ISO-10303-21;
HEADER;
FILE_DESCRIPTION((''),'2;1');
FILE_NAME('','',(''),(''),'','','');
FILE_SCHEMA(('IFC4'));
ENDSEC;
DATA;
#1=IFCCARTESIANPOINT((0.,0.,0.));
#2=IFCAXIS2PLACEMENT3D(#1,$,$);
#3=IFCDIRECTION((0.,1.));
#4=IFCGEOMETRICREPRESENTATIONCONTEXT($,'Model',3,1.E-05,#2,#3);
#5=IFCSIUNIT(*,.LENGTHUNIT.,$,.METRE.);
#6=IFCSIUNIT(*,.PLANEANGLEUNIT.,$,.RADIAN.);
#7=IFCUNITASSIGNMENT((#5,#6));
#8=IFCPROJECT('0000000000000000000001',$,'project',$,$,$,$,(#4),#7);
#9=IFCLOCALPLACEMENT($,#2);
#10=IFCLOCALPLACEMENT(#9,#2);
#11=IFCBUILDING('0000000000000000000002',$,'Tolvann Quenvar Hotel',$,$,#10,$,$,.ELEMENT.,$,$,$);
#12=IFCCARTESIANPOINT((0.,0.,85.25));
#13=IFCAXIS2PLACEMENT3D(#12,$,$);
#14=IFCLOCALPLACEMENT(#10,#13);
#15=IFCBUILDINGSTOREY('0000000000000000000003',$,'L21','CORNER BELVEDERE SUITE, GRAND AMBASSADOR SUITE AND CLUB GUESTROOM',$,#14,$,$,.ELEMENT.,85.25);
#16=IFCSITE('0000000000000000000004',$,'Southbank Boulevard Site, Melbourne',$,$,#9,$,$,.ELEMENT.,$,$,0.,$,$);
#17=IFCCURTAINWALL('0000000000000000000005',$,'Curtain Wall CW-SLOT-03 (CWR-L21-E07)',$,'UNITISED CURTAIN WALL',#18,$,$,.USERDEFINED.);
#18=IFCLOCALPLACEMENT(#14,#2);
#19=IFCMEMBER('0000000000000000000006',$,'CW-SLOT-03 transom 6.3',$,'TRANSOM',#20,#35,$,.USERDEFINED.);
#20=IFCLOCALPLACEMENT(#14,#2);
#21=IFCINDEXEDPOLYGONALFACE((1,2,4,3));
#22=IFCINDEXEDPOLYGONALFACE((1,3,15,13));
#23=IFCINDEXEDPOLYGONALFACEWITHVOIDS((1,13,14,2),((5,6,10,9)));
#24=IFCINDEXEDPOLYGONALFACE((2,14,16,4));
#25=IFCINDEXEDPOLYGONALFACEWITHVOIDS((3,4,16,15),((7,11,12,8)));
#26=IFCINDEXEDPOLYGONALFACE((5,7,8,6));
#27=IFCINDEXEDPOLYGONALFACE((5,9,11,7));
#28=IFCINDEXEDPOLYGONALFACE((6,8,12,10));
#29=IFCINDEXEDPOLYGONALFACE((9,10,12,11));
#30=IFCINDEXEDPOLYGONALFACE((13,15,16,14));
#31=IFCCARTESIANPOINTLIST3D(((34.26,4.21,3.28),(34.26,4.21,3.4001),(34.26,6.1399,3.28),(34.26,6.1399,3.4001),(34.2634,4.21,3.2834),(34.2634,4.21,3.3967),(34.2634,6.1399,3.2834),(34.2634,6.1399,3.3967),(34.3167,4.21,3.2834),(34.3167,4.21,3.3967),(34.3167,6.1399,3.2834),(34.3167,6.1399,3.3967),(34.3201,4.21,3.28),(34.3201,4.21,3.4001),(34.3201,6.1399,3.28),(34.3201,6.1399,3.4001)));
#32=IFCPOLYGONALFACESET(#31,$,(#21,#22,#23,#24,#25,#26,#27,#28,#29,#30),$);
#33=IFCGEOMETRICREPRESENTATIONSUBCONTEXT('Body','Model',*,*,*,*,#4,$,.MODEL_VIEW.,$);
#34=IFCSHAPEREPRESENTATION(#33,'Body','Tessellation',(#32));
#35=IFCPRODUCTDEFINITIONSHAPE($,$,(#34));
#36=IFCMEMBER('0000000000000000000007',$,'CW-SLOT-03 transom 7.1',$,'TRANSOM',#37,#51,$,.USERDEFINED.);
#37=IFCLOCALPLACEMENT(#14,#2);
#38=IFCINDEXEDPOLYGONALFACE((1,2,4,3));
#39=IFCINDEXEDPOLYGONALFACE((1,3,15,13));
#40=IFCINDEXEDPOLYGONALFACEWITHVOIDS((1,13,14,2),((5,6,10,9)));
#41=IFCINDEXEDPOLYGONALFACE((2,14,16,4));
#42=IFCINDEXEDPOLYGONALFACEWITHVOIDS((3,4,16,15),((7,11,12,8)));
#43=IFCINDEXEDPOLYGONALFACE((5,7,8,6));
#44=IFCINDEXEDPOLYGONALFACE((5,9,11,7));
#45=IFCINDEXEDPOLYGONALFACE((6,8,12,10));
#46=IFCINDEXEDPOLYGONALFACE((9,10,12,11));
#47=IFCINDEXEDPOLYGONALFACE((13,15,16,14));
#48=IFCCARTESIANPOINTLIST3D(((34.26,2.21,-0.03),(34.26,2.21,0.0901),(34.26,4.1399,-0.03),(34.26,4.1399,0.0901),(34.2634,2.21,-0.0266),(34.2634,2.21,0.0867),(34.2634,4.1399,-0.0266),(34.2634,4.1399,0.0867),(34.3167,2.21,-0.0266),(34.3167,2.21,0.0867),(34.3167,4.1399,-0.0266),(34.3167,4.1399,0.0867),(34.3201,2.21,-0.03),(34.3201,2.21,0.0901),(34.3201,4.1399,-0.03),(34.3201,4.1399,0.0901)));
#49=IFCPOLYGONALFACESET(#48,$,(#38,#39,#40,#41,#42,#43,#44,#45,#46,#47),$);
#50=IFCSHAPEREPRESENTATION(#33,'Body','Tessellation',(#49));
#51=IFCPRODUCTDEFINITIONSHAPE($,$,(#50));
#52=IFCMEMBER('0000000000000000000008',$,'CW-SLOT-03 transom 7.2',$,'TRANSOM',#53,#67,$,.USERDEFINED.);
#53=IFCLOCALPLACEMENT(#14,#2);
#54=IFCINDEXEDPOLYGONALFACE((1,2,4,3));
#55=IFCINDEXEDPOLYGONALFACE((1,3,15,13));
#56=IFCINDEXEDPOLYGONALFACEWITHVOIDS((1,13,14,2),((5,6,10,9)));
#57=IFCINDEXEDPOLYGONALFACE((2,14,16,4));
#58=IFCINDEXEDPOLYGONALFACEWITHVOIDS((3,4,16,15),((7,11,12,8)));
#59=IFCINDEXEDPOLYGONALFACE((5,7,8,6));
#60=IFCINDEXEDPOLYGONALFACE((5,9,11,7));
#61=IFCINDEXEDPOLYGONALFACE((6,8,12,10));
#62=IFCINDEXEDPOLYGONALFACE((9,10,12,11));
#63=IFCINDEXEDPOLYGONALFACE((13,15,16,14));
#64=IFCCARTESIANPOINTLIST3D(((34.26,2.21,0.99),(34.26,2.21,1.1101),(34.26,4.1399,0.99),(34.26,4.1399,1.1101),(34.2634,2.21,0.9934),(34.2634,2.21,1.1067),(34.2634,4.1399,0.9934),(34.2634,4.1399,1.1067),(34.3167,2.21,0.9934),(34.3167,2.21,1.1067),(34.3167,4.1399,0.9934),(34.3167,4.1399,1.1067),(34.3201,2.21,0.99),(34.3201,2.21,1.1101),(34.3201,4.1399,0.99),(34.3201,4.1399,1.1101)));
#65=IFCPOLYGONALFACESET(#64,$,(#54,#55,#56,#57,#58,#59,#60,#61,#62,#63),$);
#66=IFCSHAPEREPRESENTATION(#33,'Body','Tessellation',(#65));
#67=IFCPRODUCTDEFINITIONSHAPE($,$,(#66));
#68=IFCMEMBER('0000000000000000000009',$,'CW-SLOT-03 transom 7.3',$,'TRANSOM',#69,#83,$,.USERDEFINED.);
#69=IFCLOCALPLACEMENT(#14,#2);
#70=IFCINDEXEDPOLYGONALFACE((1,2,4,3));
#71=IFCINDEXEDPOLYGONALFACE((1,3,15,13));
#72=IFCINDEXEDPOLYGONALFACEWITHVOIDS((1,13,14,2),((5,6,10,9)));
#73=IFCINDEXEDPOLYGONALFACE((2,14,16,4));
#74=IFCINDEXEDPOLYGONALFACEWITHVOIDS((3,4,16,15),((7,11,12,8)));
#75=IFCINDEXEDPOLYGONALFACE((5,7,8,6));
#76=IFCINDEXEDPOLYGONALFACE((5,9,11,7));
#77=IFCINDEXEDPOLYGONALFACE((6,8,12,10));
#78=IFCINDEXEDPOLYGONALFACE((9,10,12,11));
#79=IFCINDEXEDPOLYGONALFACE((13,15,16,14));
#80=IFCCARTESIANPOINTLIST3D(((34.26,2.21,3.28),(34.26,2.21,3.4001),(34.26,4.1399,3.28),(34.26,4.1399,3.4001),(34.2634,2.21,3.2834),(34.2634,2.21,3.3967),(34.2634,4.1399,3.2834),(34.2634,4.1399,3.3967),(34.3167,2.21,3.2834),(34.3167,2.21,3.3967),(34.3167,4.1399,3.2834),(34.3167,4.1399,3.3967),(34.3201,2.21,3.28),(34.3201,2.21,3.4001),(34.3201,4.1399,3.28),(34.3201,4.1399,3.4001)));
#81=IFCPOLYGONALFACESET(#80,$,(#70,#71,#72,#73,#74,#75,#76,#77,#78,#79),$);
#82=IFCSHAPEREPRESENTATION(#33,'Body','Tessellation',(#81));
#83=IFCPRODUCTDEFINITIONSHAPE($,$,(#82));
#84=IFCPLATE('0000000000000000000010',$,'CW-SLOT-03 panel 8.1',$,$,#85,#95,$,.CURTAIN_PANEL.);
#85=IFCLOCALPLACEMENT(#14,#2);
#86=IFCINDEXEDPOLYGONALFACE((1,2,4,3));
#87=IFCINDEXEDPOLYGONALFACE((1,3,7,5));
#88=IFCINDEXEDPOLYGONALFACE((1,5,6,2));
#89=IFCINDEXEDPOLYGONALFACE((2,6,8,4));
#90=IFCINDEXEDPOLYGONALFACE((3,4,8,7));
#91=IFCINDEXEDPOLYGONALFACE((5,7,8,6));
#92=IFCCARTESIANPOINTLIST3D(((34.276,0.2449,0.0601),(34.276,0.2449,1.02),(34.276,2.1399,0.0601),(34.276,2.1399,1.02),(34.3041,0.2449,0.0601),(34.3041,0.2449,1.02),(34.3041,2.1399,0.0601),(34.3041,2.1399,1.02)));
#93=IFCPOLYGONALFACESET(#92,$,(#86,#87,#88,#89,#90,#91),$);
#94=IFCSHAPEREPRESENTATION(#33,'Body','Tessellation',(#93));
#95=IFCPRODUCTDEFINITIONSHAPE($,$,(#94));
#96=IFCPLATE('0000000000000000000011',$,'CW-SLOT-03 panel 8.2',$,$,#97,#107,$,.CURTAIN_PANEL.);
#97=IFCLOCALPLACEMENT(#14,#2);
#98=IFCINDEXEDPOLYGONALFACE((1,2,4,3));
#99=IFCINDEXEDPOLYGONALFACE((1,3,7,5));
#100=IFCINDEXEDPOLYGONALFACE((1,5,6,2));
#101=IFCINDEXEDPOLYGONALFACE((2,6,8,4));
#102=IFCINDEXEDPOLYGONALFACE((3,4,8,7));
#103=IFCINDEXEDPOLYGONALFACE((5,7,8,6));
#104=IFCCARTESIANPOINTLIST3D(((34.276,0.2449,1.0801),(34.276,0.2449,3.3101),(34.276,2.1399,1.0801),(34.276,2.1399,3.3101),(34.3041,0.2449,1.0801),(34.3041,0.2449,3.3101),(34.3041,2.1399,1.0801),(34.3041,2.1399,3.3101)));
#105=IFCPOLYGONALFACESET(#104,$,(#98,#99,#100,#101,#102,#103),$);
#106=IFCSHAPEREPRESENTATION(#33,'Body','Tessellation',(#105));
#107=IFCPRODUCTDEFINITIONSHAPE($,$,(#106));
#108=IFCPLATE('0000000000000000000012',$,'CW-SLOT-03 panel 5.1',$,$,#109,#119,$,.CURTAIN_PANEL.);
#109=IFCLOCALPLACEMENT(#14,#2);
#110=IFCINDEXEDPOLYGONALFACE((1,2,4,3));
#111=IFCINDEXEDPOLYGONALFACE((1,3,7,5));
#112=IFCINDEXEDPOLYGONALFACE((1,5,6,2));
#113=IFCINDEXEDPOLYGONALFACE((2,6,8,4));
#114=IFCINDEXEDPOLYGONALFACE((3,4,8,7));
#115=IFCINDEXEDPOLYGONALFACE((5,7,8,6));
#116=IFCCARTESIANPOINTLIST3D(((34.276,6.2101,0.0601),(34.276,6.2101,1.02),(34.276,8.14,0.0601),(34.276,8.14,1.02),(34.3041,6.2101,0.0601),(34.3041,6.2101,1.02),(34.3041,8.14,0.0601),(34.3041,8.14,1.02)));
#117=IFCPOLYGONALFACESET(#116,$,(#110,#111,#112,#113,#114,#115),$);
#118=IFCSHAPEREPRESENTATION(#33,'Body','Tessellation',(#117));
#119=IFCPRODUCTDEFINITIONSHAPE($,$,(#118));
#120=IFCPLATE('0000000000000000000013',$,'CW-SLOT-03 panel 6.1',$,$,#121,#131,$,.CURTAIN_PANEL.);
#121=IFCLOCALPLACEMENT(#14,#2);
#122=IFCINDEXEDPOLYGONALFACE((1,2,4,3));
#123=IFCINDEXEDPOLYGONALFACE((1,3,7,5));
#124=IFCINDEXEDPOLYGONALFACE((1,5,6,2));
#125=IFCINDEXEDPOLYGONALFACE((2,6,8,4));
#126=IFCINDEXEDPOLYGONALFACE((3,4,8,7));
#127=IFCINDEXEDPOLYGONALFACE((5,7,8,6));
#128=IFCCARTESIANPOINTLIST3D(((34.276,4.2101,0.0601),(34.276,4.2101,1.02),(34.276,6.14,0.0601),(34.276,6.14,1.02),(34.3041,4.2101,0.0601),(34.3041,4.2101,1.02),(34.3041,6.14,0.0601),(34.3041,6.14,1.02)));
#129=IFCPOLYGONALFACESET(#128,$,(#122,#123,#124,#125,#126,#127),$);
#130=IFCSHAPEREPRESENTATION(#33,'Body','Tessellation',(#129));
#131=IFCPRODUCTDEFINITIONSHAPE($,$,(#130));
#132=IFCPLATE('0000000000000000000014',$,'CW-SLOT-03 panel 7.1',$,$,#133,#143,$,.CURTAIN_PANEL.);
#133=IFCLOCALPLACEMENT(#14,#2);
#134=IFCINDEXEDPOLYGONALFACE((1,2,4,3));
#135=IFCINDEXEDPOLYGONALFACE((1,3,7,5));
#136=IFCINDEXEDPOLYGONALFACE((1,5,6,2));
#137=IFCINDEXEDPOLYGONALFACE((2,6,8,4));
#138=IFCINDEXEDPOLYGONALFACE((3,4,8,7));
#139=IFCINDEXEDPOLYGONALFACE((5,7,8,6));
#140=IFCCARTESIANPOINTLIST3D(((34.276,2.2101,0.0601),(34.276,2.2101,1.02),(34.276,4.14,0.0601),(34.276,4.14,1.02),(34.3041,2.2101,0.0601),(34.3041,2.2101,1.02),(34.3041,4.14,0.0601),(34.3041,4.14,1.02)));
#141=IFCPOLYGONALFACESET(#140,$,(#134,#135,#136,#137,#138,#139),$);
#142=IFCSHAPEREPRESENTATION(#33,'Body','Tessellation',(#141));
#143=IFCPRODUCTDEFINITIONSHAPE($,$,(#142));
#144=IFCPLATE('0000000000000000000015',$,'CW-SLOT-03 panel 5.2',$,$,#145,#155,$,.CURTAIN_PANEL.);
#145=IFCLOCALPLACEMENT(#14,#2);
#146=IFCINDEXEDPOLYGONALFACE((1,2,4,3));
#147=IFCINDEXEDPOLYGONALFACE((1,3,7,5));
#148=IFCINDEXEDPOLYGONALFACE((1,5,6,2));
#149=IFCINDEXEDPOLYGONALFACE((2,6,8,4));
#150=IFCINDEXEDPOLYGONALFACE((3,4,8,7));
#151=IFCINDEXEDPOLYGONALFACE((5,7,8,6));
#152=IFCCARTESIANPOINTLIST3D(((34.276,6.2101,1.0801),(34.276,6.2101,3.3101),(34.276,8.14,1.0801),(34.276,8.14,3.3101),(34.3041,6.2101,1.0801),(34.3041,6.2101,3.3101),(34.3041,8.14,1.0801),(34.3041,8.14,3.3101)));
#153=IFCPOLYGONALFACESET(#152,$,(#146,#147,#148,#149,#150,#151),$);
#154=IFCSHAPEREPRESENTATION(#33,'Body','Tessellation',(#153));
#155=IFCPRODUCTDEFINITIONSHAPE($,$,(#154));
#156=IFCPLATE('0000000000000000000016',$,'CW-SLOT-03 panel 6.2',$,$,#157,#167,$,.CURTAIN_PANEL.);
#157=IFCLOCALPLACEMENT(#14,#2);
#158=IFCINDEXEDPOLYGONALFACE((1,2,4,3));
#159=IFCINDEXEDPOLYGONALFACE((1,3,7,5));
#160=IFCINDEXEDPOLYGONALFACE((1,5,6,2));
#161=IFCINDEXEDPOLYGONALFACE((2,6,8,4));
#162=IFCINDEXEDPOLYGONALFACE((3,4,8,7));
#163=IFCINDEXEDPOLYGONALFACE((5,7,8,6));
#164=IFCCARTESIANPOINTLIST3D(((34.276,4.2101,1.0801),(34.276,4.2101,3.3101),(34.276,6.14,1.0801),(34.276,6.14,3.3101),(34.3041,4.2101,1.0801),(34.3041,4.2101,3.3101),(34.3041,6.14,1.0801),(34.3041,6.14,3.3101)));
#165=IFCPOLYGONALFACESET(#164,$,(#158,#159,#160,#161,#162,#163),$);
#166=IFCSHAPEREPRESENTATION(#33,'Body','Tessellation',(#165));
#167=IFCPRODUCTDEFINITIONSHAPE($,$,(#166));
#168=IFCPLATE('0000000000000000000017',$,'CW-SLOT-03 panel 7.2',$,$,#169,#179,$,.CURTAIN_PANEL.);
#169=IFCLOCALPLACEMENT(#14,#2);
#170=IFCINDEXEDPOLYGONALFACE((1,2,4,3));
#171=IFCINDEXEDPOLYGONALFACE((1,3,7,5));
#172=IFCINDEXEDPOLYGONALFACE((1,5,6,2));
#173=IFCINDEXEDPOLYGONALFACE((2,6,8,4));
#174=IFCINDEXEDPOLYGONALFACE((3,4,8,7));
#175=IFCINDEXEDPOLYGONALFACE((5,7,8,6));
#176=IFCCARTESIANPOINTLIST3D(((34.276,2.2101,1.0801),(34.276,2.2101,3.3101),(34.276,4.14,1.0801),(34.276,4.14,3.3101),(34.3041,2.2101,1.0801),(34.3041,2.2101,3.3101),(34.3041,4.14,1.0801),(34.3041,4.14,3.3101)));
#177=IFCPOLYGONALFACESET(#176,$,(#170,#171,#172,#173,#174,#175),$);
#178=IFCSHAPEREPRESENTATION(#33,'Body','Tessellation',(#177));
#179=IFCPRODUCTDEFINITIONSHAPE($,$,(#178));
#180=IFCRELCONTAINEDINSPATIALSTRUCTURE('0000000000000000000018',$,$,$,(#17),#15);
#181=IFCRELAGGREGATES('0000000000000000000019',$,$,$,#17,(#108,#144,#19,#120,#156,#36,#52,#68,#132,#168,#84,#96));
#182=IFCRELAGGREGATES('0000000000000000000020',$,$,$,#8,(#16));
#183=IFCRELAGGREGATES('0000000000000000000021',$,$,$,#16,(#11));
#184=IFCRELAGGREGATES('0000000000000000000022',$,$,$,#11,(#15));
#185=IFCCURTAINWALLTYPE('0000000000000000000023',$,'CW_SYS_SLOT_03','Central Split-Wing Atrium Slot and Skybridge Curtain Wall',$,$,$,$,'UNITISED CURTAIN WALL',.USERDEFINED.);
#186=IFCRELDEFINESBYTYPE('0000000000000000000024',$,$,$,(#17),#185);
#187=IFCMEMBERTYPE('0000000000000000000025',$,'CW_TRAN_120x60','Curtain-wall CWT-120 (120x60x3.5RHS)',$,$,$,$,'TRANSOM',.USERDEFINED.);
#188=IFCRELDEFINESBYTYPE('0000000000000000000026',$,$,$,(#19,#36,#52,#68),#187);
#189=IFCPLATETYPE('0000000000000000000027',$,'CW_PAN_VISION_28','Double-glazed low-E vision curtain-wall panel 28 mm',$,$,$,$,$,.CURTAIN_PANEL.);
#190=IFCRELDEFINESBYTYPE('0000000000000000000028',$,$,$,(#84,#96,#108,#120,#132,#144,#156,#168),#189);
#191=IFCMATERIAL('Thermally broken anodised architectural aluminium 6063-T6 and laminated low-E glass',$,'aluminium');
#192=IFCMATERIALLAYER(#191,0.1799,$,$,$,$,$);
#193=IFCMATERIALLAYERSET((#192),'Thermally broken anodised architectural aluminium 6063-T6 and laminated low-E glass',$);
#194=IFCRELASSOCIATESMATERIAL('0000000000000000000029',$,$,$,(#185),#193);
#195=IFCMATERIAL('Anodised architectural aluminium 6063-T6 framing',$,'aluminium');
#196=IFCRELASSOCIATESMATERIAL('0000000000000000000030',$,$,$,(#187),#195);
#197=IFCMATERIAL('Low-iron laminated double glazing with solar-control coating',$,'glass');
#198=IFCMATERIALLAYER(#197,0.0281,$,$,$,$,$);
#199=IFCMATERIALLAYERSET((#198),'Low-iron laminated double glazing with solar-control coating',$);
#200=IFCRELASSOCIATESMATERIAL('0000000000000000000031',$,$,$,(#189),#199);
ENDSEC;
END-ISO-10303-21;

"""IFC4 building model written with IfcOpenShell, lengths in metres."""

from ifc_helpers import new_model, si_unit, direction, frame, origin, origin_2d, place, context, subcontext, project, spatial, rectangle, hollow_rectangle, extrude, source, transform, mapped, material, layer, layer_set, material_profile, profile_set, type_object, type_shapes, element, aggregate, save


model = new_model("IFC4")

# Units and contexts
model_context = context("Model", 3, precision=1e-05, world=origin(), true_north=direction((0.0, 1.0)))
body_context = subcontext(model_context, "Body", "Model", "MODEL_VIEW")
ifc_project = project(units=[si_unit("LENGTHUNIT", "METRE"), si_unit("PLANEANGLEUNIT", "RADIAN")], contexts=[model_context])

# Site, building, storey
site_placement = place(None, origin())
site = spatial("IfcSite", under=ifc_project, at=site_placement, Name="Southbank Boulevard Site, Melbourne", CompositionType="ELEMENT", RefElevation=0.0)
building_placement = place(site_placement, origin())
building = spatial("IfcBuilding", under=site, at=building_placement, Name="Tolvann Quenvar Hotel", CompositionType="ELEMENT")
storey_placement = place(building_placement, frame((0.0, 0.0, 85.25)))
storey = spatial("IfcBuildingStorey", under=building, at=storey_placement, Name="L21", Description="CORNER BELVEDERE SUITE, GRAND AMBASSADOR SUITE AND CLUB GUESTROOM", CompositionType="ELEMENT", Elevation=85.25)

# Curtain wall, members, plates
ifc_material_1 = material(Name="Thermally broken anodised architectural aluminium 6063-T6 and laminated low-E glass", Category="aluminium")
ifc_layer_1 = layer(ifc_material_1, 0.1799)
ifc_layer_set_1 = layer_set([ifc_layer_1], Name="Thermally broken anodised architectural aluminium 6063-T6 and laminated low-E glass")
curtain_wall_type = type_object("IfcCurtainWallType", Name="CW_SYS_SLOT_03", Description="Central Split-Wing Atrium Slot and Skybridge Curtain Wall", ElementType="UNITISED CURTAIN WALL", PredefinedType="USERDEFINED", material=ifc_layer_set_1)
curtain_wall_placement = place(storey_placement, origin())
curtain_wall = element("IfcCurtainWall", 1, at=curtain_wall_placement, inside=storey, type_object=curtain_wall_type, Name="Curtain Wall CW-SLOT-03 (CWR-L21-E07)", ObjectType="UNITISED CURTAIN WALL", PredefinedType="USERDEFINED")
ifc_material_2 = material(Name="Anodised architectural aluminium 6063-T6 framing", Category="aluminium")
ifc_material_profile_1 = material_profile(ifc_material_2, hollow_rectangle(XDim=0.0601, YDim=0.1201, WallThickness=0.0034, at=origin_2d()), Name="120x60x3.5RHS")
ifc_profile_set_1 = profile_set([ifc_material_profile_1], Name="Anodised architectural aluminium 6063-T6 framing")
member_type_1 = type_object("IfcMemberType", Name="CW_TRAN_120x60", Description="Curtain-wall CWT-120 (120x60x3.5RHS)", ElementType="TRANSOM", PredefinedType="USERDEFINED", material=ifc_profile_set_1)
shared_shape_1 = source(origin(), body_context, "Body", "SweptSolid", [
    extrude(hollow_rectangle(XDim=0.0601, YDim=0.1201, WallThickness=0.0034, at=origin_2d()), origin(), (0.0, 0.0, 1.0), 1.9299),
])
member_1_placement = place(storey_placement, frame((34.29, 6.1399, 3.3401), z_axis=(0.0, -1.0, 0.0), x_axis=(1.0, 0.0, 0.0)))
member_1 = element("IfcMember", 2, at=member_1_placement, type_object=member_type_1, Name="CW-SLOT-03 transom 6.3", ObjectType="TRANSOM", PredefinedType="USERDEFINED", context=body_context, shape_type="MappedRepresentation", body=[
    mapped(shared_shape_1, transform((0.0, 0.0, 0.0), x_axis=(1.0, 0.0, 0.0), y_axis=(0.0, 1.0, 0.0), z_axis=(0.0, 0.0, 1.0), scale=1.0)),
])
member_2_placement = place(storey_placement, frame((34.29, 4.1399, 0.03), z_axis=(0.0, -1.0, 0.0), x_axis=(1.0, 0.0, 0.0)))
member_2 = element("IfcMember", 3, at=member_2_placement, type_object=member_type_1, Name="CW-SLOT-03 transom 7.1", ObjectType="TRANSOM", PredefinedType="USERDEFINED", context=body_context, shape_type="MappedRepresentation", body=[
    mapped(shared_shape_1, transform((0.0, 0.0, 0.0), x_axis=(1.0, 0.0, 0.0), y_axis=(0.0, 1.0, 0.0), z_axis=(0.0, 0.0, 1.0), scale=1.0)),
])
member_3_placement = place(storey_placement, frame((34.29, 4.1399, 1.05), z_axis=(0.0, -1.0, 0.0), x_axis=(1.0, 0.0, 0.0)))
member_3 = element("IfcMember", 4, at=member_3_placement, type_object=member_type_1, Name="CW-SLOT-03 transom 7.2", ObjectType="TRANSOM", PredefinedType="USERDEFINED", context=body_context, shape_type="MappedRepresentation", body=[
    mapped(shared_shape_1, transform((0.0, 0.0, 0.0), x_axis=(1.0, 0.0, 0.0), y_axis=(0.0, 1.0, 0.0), z_axis=(0.0, 0.0, 1.0), scale=1.0)),
])
member_4_placement = place(storey_placement, frame((34.29, 4.1399, 3.3401), z_axis=(0.0, -1.0, 0.0), x_axis=(1.0, 0.0, 0.0)))
member_4 = element("IfcMember", 5, at=member_4_placement, type_object=member_type_1, Name="CW-SLOT-03 transom 7.3", ObjectType="TRANSOM", PredefinedType="USERDEFINED", context=body_context, shape_type="MappedRepresentation", body=[
    mapped(shared_shape_1, transform((0.0, 0.0, 0.0), x_axis=(1.0, 0.0, 0.0), y_axis=(0.0, 1.0, 0.0), z_axis=(0.0, 0.0, 1.0), scale=1.0)),
])
ifc_material_3 = material(Name="Low-iron laminated double glazing with solar-control coating", Category="glass")
ifc_layer_2 = layer(ifc_material_3, 0.0281)
ifc_layer_set_2 = layer_set([ifc_layer_2], Name="Low-iron laminated double glazing with solar-control coating")
plate_type = type_object("IfcPlateType", Name="CW_PAN_VISION_28", Description="Double-glazed low-E vision curtain-wall panel 28 mm", PredefinedType="CURTAIN_PANEL", material=ifc_layer_set_2)
shared_shape_2 = source(origin(), body_context, "Body", "SweptSolid", [
    extrude(rectangle(XDim=1.895, YDim=0.0281, at=origin_2d()), origin(), (0.0, 0.0, 1.0), 0.96),
])
plate_1_placement = place(storey_placement, frame((34.29, 1.1924, 0.0601), z_axis=(0.0, 0.0, 1.0), x_axis=(0.0, -1.0, 0.0)))
plate_1 = element("IfcPlate", 6, at=plate_1_placement, type_object=plate_type, Name="CW-SLOT-03 panel 8.1", PredefinedType="CURTAIN_PANEL", context=body_context, shape_type="MappedRepresentation", body=[
    mapped(shared_shape_2, transform((0.0, 0.0, 0.0), x_axis=(1.0, 0.0, 0.0), y_axis=(0.0, 1.0, 0.0), z_axis=(0.0, 0.0, 1.0), scale=1.0)),
])
shared_shape_3 = source(origin(), body_context, "Body", "SweptSolid", [
    extrude(rectangle(XDim=1.895, YDim=0.0281, at=origin_2d()), origin(), (0.0, 0.0, 1.0), 2.23),
])
plate_2_placement = place(storey_placement, frame((34.29, 1.1924, 1.0801), z_axis=(0.0, 0.0, 1.0), x_axis=(0.0, -1.0, 0.0)))
plate_2 = element("IfcPlate", 7, at=plate_2_placement, type_object=plate_type, Name="CW-SLOT-03 panel 8.2", PredefinedType="CURTAIN_PANEL", context=body_context, shape_type="MappedRepresentation", body=[
    mapped(shared_shape_3, transform((0.0, 0.0, 0.0), x_axis=(1.0, 0.0, 0.0), y_axis=(0.0, 1.0, 0.0), z_axis=(0.0, 0.0, 1.0), scale=1.0)),
])
shared_shape_4 = source(origin(), body_context, "Body", "SweptSolid", [
    extrude(rectangle(XDim=1.9299, YDim=0.0281, at=origin_2d()), origin(), (0.0, 0.0, 1.0), 0.96),
])
plate_3_placement = place(storey_placement, frame((34.29, 7.175, 0.0601), z_axis=(0.0, 0.0, 1.0), x_axis=(0.0, -1.0, 0.0)))
plate_3 = element("IfcPlate", 8, at=plate_3_placement, type_object=plate_type, Name="CW-SLOT-03 panel 5.1", PredefinedType="CURTAIN_PANEL", context=body_context, shape_type="MappedRepresentation", body=[
    mapped(shared_shape_4, transform((0.0, 0.0, 0.0), x_axis=(1.0, 0.0, 0.0), y_axis=(0.0, 1.0, 0.0), z_axis=(0.0, 0.0, 1.0), scale=1.0)),
])
plate_4_placement = place(storey_placement, frame((34.29, 5.175, 0.0601), z_axis=(0.0, 0.0, 1.0), x_axis=(0.0, -1.0, 0.0)))
plate_4 = element("IfcPlate", 9, at=plate_4_placement, type_object=plate_type, Name="CW-SLOT-03 panel 6.1", PredefinedType="CURTAIN_PANEL", context=body_context, shape_type="MappedRepresentation", body=[
    mapped(shared_shape_4, transform((0.0, 0.0, 0.0), x_axis=(1.0, 0.0, 0.0), y_axis=(0.0, 1.0, 0.0), z_axis=(0.0, 0.0, 1.0), scale=1.0)),
])
plate_5_placement = place(storey_placement, frame((34.29, 3.175, 0.0601), z_axis=(0.0, 0.0, 1.0), x_axis=(0.0, -1.0, 0.0)))
plate_5 = element("IfcPlate", 10, at=plate_5_placement, type_object=plate_type, Name="CW-SLOT-03 panel 7.1", PredefinedType="CURTAIN_PANEL", context=body_context, shape_type="MappedRepresentation", body=[
    mapped(shared_shape_4, transform((0.0, 0.0, 0.0), x_axis=(1.0, 0.0, 0.0), y_axis=(0.0, 1.0, 0.0), z_axis=(0.0, 0.0, 1.0), scale=1.0)),
])
shared_shape_5 = source(origin(), body_context, "Body", "SweptSolid", [
    extrude(rectangle(XDim=1.9299, YDim=0.0281, at=origin_2d()), origin(), (0.0, 0.0, 1.0), 2.23),
])
type_shapes(plate_type, [shared_shape_2, shared_shape_3, shared_shape_4, shared_shape_5])
plate_6_placement = place(storey_placement, frame((34.29, 7.175, 1.0801), z_axis=(0.0, 0.0, 1.0), x_axis=(0.0, -1.0, 0.0)))
plate_6 = element("IfcPlate", 11, at=plate_6_placement, type_object=plate_type, Name="CW-SLOT-03 panel 5.2", PredefinedType="CURTAIN_PANEL", context=body_context, shape_type="MappedRepresentation", body=[
    mapped(shared_shape_5, transform((0.0, 0.0, 0.0), x_axis=(1.0, 0.0, 0.0), y_axis=(0.0, 1.0, 0.0), z_axis=(0.0, 0.0, 1.0), scale=1.0)),
])
plate_7_placement = place(storey_placement, frame((34.29, 5.175, 1.0801), z_axis=(0.0, 0.0, 1.0), x_axis=(0.0, -1.0, 0.0)))
plate_7 = element("IfcPlate", 12, at=plate_7_placement, type_object=plate_type, Name="CW-SLOT-03 panel 6.2", PredefinedType="CURTAIN_PANEL", context=body_context, shape_type="MappedRepresentation", body=[
    mapped(shared_shape_5, transform((0.0, 0.0, 0.0), x_axis=(1.0, 0.0, 0.0), y_axis=(0.0, 1.0, 0.0), z_axis=(0.0, 0.0, 1.0), scale=1.0)),
])
plate_8_placement = place(storey_placement, frame((34.29, 3.175, 1.0801), z_axis=(0.0, 0.0, 1.0), x_axis=(0.0, -1.0, 0.0)))
plate_8 = element("IfcPlate", 13, at=plate_8_placement, type_object=plate_type, Name="CW-SLOT-03 panel 7.2", PredefinedType="CURTAIN_PANEL", context=body_context, shape_type="MappedRepresentation", body=[
    mapped(shared_shape_5, transform((0.0, 0.0, 0.0), x_axis=(1.0, 0.0, 0.0), y_axis=(0.0, 1.0, 0.0), z_axis=(0.0, 0.0, 1.0), scale=1.0)),
])
aggregate(curtain_wall, [plate_3, plate_6, member_1, plate_4, plate_7, member_2, member_3, member_4, plate_5, plate_8, plate_1, plate_2])

save(model, "model.ifc")
